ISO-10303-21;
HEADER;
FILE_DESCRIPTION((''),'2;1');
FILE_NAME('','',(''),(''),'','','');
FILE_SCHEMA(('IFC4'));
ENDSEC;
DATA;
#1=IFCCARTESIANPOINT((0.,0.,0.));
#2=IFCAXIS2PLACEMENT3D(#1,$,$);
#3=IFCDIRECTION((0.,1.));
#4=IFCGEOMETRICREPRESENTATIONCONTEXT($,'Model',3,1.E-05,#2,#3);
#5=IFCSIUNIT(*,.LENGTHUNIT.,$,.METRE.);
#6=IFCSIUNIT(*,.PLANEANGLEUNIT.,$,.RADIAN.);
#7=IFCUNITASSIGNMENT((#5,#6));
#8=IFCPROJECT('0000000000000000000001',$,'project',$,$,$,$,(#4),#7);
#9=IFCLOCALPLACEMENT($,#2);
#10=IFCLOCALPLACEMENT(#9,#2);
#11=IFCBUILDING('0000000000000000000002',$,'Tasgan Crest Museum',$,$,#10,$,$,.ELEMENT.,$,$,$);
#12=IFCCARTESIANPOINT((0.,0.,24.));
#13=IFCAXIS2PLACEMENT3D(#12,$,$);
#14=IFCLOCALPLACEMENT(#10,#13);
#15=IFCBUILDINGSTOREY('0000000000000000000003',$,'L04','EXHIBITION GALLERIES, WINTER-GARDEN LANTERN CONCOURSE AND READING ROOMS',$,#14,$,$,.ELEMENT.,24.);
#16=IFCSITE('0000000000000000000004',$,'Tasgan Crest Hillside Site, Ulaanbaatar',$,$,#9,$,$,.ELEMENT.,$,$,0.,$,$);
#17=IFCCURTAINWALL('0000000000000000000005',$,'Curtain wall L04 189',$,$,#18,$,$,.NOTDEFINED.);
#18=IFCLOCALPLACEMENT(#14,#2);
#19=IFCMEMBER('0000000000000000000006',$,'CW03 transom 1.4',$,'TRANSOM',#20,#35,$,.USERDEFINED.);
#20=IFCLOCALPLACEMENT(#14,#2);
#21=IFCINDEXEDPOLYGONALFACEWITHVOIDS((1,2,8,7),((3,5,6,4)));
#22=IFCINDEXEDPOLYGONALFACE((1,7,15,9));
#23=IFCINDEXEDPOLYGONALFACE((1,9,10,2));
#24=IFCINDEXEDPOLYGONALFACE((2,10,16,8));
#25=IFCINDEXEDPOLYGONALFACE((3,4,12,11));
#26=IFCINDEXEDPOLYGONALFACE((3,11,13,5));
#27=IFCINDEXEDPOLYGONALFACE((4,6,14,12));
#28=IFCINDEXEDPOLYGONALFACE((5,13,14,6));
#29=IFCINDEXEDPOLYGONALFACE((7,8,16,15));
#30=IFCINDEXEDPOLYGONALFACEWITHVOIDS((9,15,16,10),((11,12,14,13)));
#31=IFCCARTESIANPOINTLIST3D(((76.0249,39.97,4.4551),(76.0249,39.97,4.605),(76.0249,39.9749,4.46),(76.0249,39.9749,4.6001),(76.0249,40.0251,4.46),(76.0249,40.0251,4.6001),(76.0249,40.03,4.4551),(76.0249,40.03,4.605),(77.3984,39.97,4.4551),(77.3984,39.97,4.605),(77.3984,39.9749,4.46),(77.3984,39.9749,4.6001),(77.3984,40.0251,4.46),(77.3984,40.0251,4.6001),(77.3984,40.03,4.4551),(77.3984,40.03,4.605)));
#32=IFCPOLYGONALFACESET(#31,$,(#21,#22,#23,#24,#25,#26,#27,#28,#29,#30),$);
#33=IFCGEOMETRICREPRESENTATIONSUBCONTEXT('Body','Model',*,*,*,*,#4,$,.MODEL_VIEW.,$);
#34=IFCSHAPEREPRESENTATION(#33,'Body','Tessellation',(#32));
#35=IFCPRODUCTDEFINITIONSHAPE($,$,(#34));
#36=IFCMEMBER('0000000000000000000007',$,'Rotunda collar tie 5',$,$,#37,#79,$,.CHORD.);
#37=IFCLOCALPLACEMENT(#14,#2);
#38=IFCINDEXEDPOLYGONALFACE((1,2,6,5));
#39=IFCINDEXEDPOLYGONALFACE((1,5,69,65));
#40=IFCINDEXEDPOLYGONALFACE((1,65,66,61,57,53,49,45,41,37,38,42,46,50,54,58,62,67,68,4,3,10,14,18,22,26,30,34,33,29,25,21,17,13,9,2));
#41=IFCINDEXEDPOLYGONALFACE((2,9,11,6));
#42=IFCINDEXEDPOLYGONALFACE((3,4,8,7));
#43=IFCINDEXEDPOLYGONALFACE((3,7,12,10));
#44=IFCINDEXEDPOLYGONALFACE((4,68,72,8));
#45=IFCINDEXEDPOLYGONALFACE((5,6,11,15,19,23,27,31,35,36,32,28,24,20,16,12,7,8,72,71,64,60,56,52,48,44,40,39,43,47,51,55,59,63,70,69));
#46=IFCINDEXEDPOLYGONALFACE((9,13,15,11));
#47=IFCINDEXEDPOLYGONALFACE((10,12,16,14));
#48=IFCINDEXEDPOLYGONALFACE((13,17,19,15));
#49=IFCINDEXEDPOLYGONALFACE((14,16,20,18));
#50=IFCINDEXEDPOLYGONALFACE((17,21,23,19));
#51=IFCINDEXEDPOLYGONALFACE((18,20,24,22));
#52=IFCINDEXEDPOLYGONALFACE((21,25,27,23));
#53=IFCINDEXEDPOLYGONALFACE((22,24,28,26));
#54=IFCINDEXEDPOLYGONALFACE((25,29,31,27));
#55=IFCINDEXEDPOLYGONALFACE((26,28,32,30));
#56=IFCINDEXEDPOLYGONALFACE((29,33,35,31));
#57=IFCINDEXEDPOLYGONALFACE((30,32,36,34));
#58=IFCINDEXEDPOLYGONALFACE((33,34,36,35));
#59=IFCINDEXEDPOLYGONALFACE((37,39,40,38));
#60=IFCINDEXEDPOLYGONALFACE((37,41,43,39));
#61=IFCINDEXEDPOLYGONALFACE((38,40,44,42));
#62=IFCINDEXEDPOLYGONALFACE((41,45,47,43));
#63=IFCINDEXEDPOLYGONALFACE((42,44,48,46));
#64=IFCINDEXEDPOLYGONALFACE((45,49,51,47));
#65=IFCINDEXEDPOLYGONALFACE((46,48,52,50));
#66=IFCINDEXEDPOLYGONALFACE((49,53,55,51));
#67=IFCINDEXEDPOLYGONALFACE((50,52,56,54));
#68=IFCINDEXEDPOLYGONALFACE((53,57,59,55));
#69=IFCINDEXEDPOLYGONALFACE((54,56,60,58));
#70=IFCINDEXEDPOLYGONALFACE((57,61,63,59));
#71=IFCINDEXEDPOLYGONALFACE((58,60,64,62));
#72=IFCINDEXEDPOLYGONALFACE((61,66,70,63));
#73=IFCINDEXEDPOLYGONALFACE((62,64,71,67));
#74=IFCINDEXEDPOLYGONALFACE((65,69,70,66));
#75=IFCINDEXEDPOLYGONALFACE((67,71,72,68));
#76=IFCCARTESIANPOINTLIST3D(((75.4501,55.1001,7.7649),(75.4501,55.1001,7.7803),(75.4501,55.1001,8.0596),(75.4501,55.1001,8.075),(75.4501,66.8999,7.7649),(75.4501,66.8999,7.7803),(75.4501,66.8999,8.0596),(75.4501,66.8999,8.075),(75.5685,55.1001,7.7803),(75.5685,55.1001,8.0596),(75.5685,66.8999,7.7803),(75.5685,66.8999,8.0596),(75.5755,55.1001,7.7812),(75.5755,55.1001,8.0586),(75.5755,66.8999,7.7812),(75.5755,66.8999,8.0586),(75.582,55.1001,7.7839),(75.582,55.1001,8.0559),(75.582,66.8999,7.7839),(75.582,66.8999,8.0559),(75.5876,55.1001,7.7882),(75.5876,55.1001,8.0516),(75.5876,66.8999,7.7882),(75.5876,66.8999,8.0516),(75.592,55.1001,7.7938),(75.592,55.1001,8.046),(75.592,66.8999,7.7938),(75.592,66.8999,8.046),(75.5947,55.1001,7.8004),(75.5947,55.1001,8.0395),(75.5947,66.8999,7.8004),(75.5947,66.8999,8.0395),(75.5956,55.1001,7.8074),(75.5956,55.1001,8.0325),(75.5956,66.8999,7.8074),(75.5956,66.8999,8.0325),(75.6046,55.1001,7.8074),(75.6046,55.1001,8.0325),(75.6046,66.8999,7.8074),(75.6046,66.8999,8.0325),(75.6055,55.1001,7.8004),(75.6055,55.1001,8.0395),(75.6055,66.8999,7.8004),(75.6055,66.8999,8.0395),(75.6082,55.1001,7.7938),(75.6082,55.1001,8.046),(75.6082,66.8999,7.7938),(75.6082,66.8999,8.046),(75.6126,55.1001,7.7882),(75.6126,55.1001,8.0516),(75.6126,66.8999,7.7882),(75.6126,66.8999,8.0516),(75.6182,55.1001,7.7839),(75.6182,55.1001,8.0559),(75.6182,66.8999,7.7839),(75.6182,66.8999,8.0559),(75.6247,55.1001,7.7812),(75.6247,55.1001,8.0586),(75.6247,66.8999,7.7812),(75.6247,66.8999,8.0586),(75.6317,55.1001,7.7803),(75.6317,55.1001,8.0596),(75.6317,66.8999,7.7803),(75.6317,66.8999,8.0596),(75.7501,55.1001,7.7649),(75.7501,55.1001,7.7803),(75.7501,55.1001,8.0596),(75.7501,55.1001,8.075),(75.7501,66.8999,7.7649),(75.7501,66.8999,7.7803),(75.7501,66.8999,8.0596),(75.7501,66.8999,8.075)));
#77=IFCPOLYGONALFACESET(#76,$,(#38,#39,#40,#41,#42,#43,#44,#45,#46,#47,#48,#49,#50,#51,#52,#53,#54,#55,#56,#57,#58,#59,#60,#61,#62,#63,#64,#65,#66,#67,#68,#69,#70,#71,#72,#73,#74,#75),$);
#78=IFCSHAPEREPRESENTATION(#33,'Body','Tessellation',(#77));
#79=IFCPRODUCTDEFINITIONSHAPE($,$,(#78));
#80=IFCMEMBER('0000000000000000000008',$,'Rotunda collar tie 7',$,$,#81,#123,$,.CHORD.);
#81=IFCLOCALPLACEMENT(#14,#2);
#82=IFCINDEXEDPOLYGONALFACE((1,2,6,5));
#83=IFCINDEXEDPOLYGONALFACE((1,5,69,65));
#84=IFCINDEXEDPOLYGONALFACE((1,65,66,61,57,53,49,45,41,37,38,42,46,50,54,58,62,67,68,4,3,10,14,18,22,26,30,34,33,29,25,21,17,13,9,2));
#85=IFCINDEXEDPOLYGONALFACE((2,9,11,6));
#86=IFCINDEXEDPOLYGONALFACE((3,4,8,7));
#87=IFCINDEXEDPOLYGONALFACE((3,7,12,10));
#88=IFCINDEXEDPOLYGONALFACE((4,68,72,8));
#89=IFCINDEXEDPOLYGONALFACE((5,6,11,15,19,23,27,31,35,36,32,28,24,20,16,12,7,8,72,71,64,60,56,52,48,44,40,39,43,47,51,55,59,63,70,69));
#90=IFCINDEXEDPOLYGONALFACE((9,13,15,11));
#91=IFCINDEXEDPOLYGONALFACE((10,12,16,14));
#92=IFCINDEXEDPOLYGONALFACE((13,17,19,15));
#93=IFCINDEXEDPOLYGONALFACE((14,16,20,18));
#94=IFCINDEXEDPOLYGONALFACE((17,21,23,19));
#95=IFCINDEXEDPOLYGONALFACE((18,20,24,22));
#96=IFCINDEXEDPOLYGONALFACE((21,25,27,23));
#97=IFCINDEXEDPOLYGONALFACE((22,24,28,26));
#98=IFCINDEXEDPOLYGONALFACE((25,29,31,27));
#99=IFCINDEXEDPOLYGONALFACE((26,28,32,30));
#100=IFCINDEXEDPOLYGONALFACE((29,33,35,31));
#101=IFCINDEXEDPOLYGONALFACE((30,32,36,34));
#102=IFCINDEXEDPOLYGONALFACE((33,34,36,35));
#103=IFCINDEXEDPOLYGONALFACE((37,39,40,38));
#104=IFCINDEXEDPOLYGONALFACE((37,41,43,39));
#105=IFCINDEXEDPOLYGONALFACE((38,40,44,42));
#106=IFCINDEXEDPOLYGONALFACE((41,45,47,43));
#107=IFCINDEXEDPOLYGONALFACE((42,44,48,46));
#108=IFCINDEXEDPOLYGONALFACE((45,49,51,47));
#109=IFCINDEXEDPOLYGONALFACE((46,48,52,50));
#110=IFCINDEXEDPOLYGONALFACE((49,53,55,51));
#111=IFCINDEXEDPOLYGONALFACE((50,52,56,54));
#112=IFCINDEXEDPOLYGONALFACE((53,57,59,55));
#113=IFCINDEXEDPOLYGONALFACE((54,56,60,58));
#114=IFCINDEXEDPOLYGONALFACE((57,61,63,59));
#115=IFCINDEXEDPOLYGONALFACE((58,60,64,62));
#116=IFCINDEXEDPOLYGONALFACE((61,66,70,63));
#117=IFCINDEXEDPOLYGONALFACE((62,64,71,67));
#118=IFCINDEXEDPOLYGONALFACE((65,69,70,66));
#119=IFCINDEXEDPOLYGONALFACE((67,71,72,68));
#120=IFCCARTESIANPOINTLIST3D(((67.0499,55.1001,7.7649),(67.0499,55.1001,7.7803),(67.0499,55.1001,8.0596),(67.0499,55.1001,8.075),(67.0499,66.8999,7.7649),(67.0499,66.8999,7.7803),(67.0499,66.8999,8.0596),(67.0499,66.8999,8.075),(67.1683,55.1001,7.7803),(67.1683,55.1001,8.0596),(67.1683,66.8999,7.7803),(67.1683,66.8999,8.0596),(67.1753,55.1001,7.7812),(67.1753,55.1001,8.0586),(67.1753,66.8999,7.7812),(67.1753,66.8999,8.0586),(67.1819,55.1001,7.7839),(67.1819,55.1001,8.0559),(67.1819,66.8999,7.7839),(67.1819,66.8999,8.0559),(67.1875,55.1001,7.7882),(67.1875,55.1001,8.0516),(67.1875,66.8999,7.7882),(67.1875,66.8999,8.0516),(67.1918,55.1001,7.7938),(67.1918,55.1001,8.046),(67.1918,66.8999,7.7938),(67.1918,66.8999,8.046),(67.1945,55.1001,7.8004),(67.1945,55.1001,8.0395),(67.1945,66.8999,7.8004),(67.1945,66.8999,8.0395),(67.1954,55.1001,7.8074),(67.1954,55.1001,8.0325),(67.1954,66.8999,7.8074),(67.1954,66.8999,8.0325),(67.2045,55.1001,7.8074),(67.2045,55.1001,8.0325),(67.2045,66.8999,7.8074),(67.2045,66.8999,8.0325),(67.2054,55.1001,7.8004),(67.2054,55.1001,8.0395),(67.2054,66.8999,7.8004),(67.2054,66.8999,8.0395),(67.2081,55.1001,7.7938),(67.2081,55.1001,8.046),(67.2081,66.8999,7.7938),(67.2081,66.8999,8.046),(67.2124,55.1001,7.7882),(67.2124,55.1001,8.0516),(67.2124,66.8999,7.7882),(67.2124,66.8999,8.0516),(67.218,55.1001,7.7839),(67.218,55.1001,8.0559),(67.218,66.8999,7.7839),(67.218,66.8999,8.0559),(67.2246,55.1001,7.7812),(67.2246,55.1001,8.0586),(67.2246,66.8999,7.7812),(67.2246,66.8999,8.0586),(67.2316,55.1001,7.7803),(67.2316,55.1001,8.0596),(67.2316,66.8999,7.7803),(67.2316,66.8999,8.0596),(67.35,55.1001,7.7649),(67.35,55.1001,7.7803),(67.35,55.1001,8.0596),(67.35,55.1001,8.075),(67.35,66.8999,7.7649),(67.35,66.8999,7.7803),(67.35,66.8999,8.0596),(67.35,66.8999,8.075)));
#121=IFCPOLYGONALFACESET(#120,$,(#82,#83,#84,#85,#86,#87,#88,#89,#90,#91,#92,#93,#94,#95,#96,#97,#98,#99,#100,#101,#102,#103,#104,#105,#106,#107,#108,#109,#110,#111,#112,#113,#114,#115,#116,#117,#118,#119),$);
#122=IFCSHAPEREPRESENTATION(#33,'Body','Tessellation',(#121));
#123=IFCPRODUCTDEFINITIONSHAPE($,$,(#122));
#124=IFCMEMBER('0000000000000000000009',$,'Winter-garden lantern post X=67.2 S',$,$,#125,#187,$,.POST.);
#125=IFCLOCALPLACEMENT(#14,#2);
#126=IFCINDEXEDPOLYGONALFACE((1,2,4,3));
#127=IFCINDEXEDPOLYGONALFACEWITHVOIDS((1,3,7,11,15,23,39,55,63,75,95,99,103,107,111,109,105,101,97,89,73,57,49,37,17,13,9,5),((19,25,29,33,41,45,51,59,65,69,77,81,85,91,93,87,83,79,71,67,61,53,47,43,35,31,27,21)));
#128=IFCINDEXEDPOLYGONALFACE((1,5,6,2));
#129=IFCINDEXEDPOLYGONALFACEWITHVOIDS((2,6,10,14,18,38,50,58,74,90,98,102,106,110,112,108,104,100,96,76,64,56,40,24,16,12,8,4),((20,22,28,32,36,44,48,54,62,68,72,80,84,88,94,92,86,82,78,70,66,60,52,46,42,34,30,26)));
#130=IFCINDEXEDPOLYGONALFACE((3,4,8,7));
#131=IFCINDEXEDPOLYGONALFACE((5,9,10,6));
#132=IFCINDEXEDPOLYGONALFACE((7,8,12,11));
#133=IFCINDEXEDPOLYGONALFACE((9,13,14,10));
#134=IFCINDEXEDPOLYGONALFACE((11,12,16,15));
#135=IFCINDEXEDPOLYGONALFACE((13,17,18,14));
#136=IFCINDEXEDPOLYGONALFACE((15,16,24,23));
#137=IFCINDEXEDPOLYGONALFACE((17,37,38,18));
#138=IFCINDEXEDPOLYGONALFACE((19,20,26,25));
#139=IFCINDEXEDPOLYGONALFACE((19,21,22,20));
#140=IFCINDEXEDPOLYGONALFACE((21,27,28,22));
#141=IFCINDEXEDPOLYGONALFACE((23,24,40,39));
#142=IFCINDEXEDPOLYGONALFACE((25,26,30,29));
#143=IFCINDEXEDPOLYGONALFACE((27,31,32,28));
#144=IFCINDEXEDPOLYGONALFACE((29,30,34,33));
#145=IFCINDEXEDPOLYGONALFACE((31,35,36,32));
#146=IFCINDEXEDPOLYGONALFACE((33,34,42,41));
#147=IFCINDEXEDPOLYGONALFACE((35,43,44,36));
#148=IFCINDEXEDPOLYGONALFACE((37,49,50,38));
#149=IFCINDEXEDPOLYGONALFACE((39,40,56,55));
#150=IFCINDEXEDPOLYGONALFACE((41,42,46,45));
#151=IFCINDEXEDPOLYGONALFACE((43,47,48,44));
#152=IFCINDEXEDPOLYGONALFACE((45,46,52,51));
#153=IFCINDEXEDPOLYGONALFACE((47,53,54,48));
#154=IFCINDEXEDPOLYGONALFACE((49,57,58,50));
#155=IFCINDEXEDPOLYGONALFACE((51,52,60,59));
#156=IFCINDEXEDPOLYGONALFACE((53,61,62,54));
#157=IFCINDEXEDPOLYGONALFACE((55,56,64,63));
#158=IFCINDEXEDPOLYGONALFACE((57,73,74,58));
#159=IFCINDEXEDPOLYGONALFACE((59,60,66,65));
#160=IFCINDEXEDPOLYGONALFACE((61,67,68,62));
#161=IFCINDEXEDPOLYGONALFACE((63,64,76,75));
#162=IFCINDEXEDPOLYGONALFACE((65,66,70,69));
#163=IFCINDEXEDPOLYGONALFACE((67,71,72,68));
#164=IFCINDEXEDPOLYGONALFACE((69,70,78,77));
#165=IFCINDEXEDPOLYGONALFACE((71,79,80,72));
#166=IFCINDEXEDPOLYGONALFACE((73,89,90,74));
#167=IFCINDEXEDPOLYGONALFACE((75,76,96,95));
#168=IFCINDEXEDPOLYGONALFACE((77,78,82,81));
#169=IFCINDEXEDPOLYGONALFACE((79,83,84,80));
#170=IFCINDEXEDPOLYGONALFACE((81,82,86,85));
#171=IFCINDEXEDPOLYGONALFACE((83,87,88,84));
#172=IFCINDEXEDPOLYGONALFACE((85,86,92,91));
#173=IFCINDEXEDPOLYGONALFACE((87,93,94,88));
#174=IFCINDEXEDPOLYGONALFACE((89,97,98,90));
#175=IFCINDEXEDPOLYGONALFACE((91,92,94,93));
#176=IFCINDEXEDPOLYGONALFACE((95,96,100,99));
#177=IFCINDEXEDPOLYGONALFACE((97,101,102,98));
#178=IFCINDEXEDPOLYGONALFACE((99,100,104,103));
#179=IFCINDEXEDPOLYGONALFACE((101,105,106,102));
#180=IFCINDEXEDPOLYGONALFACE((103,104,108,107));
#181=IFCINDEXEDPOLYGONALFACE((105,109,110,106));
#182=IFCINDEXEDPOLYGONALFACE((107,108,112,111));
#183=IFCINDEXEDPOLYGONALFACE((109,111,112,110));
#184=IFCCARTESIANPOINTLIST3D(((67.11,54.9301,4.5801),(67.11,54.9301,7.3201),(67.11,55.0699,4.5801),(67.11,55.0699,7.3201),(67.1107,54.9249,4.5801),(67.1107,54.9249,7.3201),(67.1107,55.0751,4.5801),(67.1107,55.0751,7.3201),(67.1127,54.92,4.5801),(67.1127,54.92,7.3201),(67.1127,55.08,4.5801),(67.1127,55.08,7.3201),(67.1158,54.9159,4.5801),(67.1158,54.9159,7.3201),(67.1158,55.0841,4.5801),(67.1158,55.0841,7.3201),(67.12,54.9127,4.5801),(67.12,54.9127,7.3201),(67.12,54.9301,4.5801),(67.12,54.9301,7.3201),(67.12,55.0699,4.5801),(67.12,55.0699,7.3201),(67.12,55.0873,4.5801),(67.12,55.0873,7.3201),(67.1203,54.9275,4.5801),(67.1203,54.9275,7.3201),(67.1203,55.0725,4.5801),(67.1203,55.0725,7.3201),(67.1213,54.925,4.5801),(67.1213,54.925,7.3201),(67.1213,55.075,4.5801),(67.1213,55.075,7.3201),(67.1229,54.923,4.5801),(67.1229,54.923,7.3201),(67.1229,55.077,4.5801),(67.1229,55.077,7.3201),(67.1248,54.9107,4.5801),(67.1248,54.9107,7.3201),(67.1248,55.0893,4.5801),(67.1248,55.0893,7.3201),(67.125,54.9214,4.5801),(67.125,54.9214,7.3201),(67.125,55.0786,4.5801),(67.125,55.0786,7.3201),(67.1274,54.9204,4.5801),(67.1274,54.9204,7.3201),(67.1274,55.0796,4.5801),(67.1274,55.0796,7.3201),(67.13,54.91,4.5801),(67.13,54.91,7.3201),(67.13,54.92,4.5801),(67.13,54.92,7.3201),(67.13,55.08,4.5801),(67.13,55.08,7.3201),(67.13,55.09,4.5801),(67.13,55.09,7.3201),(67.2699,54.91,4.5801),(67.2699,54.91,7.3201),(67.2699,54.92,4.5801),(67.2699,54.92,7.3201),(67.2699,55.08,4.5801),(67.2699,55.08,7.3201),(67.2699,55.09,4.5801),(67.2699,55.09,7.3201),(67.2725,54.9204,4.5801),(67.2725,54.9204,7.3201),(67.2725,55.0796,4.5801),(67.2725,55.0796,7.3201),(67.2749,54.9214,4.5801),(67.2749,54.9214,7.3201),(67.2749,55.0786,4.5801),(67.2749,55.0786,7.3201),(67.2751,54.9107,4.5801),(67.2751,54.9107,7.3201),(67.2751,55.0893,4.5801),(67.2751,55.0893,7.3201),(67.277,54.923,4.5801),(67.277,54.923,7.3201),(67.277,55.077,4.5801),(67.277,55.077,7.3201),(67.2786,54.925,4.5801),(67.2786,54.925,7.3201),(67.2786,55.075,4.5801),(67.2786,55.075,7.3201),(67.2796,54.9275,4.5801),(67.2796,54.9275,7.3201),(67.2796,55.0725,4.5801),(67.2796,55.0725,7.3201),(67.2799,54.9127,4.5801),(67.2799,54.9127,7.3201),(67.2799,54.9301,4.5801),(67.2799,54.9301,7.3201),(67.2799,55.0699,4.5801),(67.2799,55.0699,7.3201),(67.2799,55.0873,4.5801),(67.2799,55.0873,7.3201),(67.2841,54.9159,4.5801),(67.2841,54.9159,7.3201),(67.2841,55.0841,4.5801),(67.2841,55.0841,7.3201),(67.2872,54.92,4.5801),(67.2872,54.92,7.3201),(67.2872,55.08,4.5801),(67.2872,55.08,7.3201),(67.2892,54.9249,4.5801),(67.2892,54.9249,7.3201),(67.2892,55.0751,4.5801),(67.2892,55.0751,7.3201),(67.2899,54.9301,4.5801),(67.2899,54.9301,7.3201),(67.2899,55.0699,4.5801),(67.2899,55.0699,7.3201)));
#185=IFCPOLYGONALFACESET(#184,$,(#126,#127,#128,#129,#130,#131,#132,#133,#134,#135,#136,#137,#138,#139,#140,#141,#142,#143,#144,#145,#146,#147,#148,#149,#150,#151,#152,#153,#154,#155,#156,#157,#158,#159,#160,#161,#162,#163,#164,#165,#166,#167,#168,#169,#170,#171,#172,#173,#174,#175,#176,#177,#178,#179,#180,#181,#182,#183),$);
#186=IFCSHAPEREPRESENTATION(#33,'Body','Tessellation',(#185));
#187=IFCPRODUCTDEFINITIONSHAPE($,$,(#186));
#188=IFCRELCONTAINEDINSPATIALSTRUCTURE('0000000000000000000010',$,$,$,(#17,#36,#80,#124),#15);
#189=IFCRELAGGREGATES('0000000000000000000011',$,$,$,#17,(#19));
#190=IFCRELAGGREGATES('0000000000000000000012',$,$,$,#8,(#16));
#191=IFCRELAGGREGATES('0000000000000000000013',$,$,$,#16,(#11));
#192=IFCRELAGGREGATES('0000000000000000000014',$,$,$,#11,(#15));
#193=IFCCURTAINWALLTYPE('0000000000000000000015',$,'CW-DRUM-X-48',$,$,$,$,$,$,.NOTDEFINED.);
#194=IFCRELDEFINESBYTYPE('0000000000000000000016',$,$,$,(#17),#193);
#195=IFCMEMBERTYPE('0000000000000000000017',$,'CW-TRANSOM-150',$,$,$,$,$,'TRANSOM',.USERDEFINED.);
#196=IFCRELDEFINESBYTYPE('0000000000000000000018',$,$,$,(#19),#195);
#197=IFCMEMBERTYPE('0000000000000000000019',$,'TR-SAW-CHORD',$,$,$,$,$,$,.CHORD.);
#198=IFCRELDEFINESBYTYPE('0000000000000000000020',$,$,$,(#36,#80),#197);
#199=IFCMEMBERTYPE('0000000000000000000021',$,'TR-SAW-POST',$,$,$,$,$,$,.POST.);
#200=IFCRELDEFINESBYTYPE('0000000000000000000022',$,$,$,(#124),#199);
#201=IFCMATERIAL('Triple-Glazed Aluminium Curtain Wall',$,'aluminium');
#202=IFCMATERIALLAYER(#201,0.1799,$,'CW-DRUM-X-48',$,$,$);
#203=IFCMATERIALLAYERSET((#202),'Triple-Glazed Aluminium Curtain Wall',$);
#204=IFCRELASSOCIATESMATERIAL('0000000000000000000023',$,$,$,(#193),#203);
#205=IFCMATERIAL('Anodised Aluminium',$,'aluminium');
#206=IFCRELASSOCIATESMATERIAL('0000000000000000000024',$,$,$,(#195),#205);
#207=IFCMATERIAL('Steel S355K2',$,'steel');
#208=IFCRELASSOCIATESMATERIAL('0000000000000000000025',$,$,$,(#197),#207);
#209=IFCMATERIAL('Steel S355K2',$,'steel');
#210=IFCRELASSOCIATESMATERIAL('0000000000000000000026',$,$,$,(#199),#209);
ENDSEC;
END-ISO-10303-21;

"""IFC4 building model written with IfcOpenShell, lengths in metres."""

from ifc_helpers import new_model, si_unit, direction, frame, origin, origin_2d, place, context, subcontext, project, spatial, hollow_rectangle, i_section, extrude, material, layer, layer_set, material_profile, profile_set, type_object, element, aggregate, save


model = new_model("IFC4")

# Units and contexts
model_context = context("Model", 3, precision=1e-05, world=origin(), true_north=direction((0.0, 1.0)))
body_context = subcontext(model_context, "Body", "Model", "MODEL_VIEW")
ifc_project = project(units=[si_unit("LENGTHUNIT", "METRE"), si_unit("PLANEANGLEUNIT", "RADIAN")], contexts=[model_context])

# Site, building, storey
site_placement = place(None, origin())
site = spatial("IfcSite", under=ifc_project, at=site_placement, Name="Tasgan Crest Hillside Site, Ulaanbaatar", CompositionType="ELEMENT", RefElevation=0.0)
building_placement = place(site_placement, origin())
building = spatial("IfcBuilding", under=site, at=building_placement, Name="Tasgan Crest Museum", CompositionType="ELEMENT")
storey_placement = place(building_placement, frame((0.0, 0.0, 24.0)))
storey = spatial("IfcBuildingStorey", under=building, at=storey_placement, Name="L04", Description="EXHIBITION GALLERIES, WINTER-GARDEN LANTERN CONCOURSE AND READING ROOMS", CompositionType="ELEMENT", Elevation=24.0)

# Curtain wall, member
ifc_material_1 = material(Name="Triple-Glazed Aluminium Curtain Wall", Category="aluminium")
ifc_layer_1 = layer(ifc_material_1, 0.1799, Name="CW-DRUM-X-48")
ifc_layer_set_1 = layer_set([ifc_layer_1], Name="Triple-Glazed Aluminium Curtain Wall")
curtain_wall_type = type_object("IfcCurtainWallType", Name="CW-DRUM-X-48", PredefinedType="NOTDEFINED", material=ifc_layer_set_1)
curtain_wall_placement = place(storey_placement, origin())
curtain_wall = element("IfcCurtainWall", 1, at=curtain_wall_placement, inside=storey, type_object=curtain_wall_type, Name="Curtain wall L04 189", PredefinedType="NOTDEFINED")
ifc_material_2 = material(Name="Anodised Aluminium", Category="aluminium")
ifc_material_profile_1 = material_profile(ifc_material_2, hollow_rectangle(XDim=0.0601, YDim=0.1499, WallThickness=0.0049, at=origin_2d()), Name="ALU TRANSOM 150x60x5")
ifc_profile_set_1 = profile_set([ifc_material_profile_1], Name="Anodised Aluminium")
member_type_1 = type_object("IfcMemberType", Name="CW-TRANSOM-150", ElementType="TRANSOM", PredefinedType="USERDEFINED", material=ifc_profile_set_1)
member_1_placement = place(storey_placement, frame((76.0249, 40.0, 4.53), z_axis=(1.0, 0.0, 0.0), x_axis=(0.0, 1.0, 0.0)))
member_1 = element("IfcMember", 2, at=member_1_placement, type_object=member_type_1, Name="CW03 transom 1.4", ObjectType="TRANSOM", PredefinedType="USERDEFINED", context=body_context, shape_type="SweptSolid", body=[
    extrude(hollow_rectangle(XDim=0.0601, YDim=0.1499, WallThickness=0.0049, at=origin_2d()), origin(), (0.0, 0.0, 1.0), 1.3735),
])

# Members
ifc_material_3 = material(Name="Steel S355K2", Category="steel")
ifc_material_profile_2 = material_profile(ifc_material_3, i_section(OverallWidth=0.3, OverallDepth=0.3101, WebThickness=0.009, FlangeThickness=0.0154, FilletRadius=0.0271, at=origin_2d()), Name="HEA 320")
ifc_profile_set_2 = profile_set([ifc_material_profile_2], Name="Steel S355K2")
member_type_2 = type_object("IfcMemberType", Name="TR-SAW-CHORD", PredefinedType="CHORD", material=ifc_profile_set_2)
for number, where, z_axis, x_axis, name in (
    (3, (75.6001, 55.1001, 7.9199), (0.0, 1.0, 0.0), (-1.0, 0.0, 0.0), "Rotunda collar tie 5"),
    (4, (67.2, 55.1001, 7.9199), (0.0, 1.0, 0.0), (-1.0, 0.0, 0.0), "Rotunda collar tie 7"),
):
    element("IfcMember", number, at=place(storey_placement, frame(where, z_axis=z_axis, x_axis=x_axis)), inside=storey, type_object=member_type_2, Name=name, PredefinedType="CHORD", context=body_context, shape_type="SweptSolid", body=[
        extrude(i_section(OverallWidth=0.3, OverallDepth=0.3101, WebThickness=0.009, FlangeThickness=0.0154, FilletRadius=0.0271, at=origin_2d()), origin(), (0.0, 0.0, 1.0), 11.7998),
    ])
ifc_material_4 = material(Name="Steel S355K2", Category="steel")
ifc_material_profile_3 = material_profile(ifc_material_4, hollow_rectangle(XDim=0.1799, YDim=0.1799, WallThickness=0.01, InnerFilletRadius=0.01, OuterFilletRadius=0.02, at=origin_2d()), Name="SHS 180x180x10")
ifc_profile_set_3 = profile_set([ifc_material_profile_3], Name="Steel S355K2")
member_type_3 = type_object("IfcMemberType", Name="TR-SAW-POST", PredefinedType="POST", material=ifc_profile_set_3)
for number, where, z_axis, x_axis, name in (
    (5, (67.2, 55.0, 4.5801), (0.0, 0.0, 1.0), (1.0, 0.0, 0.0), "Winter-garden lantern post X=67.2 S"),
):
    element("IfcMember", number, at=place(storey_placement, frame(where, z_axis=z_axis, x_axis=x_axis)), inside=storey, type_object=member_type_3, Name=name, PredefinedType="POST", context=body_context, shape_type="SweptSolid", body=[
        extrude(hollow_rectangle(XDim=0.1799, YDim=0.1799, WallThickness=0.01, InnerFilletRadius=0.01, OuterFilletRadius=0.02, at=origin_2d()), origin(), (0.0, 0.0, 1.0), 2.74),
    ])

aggregate(curtain_wall, [member_1])

save(model, "model.ifc")
